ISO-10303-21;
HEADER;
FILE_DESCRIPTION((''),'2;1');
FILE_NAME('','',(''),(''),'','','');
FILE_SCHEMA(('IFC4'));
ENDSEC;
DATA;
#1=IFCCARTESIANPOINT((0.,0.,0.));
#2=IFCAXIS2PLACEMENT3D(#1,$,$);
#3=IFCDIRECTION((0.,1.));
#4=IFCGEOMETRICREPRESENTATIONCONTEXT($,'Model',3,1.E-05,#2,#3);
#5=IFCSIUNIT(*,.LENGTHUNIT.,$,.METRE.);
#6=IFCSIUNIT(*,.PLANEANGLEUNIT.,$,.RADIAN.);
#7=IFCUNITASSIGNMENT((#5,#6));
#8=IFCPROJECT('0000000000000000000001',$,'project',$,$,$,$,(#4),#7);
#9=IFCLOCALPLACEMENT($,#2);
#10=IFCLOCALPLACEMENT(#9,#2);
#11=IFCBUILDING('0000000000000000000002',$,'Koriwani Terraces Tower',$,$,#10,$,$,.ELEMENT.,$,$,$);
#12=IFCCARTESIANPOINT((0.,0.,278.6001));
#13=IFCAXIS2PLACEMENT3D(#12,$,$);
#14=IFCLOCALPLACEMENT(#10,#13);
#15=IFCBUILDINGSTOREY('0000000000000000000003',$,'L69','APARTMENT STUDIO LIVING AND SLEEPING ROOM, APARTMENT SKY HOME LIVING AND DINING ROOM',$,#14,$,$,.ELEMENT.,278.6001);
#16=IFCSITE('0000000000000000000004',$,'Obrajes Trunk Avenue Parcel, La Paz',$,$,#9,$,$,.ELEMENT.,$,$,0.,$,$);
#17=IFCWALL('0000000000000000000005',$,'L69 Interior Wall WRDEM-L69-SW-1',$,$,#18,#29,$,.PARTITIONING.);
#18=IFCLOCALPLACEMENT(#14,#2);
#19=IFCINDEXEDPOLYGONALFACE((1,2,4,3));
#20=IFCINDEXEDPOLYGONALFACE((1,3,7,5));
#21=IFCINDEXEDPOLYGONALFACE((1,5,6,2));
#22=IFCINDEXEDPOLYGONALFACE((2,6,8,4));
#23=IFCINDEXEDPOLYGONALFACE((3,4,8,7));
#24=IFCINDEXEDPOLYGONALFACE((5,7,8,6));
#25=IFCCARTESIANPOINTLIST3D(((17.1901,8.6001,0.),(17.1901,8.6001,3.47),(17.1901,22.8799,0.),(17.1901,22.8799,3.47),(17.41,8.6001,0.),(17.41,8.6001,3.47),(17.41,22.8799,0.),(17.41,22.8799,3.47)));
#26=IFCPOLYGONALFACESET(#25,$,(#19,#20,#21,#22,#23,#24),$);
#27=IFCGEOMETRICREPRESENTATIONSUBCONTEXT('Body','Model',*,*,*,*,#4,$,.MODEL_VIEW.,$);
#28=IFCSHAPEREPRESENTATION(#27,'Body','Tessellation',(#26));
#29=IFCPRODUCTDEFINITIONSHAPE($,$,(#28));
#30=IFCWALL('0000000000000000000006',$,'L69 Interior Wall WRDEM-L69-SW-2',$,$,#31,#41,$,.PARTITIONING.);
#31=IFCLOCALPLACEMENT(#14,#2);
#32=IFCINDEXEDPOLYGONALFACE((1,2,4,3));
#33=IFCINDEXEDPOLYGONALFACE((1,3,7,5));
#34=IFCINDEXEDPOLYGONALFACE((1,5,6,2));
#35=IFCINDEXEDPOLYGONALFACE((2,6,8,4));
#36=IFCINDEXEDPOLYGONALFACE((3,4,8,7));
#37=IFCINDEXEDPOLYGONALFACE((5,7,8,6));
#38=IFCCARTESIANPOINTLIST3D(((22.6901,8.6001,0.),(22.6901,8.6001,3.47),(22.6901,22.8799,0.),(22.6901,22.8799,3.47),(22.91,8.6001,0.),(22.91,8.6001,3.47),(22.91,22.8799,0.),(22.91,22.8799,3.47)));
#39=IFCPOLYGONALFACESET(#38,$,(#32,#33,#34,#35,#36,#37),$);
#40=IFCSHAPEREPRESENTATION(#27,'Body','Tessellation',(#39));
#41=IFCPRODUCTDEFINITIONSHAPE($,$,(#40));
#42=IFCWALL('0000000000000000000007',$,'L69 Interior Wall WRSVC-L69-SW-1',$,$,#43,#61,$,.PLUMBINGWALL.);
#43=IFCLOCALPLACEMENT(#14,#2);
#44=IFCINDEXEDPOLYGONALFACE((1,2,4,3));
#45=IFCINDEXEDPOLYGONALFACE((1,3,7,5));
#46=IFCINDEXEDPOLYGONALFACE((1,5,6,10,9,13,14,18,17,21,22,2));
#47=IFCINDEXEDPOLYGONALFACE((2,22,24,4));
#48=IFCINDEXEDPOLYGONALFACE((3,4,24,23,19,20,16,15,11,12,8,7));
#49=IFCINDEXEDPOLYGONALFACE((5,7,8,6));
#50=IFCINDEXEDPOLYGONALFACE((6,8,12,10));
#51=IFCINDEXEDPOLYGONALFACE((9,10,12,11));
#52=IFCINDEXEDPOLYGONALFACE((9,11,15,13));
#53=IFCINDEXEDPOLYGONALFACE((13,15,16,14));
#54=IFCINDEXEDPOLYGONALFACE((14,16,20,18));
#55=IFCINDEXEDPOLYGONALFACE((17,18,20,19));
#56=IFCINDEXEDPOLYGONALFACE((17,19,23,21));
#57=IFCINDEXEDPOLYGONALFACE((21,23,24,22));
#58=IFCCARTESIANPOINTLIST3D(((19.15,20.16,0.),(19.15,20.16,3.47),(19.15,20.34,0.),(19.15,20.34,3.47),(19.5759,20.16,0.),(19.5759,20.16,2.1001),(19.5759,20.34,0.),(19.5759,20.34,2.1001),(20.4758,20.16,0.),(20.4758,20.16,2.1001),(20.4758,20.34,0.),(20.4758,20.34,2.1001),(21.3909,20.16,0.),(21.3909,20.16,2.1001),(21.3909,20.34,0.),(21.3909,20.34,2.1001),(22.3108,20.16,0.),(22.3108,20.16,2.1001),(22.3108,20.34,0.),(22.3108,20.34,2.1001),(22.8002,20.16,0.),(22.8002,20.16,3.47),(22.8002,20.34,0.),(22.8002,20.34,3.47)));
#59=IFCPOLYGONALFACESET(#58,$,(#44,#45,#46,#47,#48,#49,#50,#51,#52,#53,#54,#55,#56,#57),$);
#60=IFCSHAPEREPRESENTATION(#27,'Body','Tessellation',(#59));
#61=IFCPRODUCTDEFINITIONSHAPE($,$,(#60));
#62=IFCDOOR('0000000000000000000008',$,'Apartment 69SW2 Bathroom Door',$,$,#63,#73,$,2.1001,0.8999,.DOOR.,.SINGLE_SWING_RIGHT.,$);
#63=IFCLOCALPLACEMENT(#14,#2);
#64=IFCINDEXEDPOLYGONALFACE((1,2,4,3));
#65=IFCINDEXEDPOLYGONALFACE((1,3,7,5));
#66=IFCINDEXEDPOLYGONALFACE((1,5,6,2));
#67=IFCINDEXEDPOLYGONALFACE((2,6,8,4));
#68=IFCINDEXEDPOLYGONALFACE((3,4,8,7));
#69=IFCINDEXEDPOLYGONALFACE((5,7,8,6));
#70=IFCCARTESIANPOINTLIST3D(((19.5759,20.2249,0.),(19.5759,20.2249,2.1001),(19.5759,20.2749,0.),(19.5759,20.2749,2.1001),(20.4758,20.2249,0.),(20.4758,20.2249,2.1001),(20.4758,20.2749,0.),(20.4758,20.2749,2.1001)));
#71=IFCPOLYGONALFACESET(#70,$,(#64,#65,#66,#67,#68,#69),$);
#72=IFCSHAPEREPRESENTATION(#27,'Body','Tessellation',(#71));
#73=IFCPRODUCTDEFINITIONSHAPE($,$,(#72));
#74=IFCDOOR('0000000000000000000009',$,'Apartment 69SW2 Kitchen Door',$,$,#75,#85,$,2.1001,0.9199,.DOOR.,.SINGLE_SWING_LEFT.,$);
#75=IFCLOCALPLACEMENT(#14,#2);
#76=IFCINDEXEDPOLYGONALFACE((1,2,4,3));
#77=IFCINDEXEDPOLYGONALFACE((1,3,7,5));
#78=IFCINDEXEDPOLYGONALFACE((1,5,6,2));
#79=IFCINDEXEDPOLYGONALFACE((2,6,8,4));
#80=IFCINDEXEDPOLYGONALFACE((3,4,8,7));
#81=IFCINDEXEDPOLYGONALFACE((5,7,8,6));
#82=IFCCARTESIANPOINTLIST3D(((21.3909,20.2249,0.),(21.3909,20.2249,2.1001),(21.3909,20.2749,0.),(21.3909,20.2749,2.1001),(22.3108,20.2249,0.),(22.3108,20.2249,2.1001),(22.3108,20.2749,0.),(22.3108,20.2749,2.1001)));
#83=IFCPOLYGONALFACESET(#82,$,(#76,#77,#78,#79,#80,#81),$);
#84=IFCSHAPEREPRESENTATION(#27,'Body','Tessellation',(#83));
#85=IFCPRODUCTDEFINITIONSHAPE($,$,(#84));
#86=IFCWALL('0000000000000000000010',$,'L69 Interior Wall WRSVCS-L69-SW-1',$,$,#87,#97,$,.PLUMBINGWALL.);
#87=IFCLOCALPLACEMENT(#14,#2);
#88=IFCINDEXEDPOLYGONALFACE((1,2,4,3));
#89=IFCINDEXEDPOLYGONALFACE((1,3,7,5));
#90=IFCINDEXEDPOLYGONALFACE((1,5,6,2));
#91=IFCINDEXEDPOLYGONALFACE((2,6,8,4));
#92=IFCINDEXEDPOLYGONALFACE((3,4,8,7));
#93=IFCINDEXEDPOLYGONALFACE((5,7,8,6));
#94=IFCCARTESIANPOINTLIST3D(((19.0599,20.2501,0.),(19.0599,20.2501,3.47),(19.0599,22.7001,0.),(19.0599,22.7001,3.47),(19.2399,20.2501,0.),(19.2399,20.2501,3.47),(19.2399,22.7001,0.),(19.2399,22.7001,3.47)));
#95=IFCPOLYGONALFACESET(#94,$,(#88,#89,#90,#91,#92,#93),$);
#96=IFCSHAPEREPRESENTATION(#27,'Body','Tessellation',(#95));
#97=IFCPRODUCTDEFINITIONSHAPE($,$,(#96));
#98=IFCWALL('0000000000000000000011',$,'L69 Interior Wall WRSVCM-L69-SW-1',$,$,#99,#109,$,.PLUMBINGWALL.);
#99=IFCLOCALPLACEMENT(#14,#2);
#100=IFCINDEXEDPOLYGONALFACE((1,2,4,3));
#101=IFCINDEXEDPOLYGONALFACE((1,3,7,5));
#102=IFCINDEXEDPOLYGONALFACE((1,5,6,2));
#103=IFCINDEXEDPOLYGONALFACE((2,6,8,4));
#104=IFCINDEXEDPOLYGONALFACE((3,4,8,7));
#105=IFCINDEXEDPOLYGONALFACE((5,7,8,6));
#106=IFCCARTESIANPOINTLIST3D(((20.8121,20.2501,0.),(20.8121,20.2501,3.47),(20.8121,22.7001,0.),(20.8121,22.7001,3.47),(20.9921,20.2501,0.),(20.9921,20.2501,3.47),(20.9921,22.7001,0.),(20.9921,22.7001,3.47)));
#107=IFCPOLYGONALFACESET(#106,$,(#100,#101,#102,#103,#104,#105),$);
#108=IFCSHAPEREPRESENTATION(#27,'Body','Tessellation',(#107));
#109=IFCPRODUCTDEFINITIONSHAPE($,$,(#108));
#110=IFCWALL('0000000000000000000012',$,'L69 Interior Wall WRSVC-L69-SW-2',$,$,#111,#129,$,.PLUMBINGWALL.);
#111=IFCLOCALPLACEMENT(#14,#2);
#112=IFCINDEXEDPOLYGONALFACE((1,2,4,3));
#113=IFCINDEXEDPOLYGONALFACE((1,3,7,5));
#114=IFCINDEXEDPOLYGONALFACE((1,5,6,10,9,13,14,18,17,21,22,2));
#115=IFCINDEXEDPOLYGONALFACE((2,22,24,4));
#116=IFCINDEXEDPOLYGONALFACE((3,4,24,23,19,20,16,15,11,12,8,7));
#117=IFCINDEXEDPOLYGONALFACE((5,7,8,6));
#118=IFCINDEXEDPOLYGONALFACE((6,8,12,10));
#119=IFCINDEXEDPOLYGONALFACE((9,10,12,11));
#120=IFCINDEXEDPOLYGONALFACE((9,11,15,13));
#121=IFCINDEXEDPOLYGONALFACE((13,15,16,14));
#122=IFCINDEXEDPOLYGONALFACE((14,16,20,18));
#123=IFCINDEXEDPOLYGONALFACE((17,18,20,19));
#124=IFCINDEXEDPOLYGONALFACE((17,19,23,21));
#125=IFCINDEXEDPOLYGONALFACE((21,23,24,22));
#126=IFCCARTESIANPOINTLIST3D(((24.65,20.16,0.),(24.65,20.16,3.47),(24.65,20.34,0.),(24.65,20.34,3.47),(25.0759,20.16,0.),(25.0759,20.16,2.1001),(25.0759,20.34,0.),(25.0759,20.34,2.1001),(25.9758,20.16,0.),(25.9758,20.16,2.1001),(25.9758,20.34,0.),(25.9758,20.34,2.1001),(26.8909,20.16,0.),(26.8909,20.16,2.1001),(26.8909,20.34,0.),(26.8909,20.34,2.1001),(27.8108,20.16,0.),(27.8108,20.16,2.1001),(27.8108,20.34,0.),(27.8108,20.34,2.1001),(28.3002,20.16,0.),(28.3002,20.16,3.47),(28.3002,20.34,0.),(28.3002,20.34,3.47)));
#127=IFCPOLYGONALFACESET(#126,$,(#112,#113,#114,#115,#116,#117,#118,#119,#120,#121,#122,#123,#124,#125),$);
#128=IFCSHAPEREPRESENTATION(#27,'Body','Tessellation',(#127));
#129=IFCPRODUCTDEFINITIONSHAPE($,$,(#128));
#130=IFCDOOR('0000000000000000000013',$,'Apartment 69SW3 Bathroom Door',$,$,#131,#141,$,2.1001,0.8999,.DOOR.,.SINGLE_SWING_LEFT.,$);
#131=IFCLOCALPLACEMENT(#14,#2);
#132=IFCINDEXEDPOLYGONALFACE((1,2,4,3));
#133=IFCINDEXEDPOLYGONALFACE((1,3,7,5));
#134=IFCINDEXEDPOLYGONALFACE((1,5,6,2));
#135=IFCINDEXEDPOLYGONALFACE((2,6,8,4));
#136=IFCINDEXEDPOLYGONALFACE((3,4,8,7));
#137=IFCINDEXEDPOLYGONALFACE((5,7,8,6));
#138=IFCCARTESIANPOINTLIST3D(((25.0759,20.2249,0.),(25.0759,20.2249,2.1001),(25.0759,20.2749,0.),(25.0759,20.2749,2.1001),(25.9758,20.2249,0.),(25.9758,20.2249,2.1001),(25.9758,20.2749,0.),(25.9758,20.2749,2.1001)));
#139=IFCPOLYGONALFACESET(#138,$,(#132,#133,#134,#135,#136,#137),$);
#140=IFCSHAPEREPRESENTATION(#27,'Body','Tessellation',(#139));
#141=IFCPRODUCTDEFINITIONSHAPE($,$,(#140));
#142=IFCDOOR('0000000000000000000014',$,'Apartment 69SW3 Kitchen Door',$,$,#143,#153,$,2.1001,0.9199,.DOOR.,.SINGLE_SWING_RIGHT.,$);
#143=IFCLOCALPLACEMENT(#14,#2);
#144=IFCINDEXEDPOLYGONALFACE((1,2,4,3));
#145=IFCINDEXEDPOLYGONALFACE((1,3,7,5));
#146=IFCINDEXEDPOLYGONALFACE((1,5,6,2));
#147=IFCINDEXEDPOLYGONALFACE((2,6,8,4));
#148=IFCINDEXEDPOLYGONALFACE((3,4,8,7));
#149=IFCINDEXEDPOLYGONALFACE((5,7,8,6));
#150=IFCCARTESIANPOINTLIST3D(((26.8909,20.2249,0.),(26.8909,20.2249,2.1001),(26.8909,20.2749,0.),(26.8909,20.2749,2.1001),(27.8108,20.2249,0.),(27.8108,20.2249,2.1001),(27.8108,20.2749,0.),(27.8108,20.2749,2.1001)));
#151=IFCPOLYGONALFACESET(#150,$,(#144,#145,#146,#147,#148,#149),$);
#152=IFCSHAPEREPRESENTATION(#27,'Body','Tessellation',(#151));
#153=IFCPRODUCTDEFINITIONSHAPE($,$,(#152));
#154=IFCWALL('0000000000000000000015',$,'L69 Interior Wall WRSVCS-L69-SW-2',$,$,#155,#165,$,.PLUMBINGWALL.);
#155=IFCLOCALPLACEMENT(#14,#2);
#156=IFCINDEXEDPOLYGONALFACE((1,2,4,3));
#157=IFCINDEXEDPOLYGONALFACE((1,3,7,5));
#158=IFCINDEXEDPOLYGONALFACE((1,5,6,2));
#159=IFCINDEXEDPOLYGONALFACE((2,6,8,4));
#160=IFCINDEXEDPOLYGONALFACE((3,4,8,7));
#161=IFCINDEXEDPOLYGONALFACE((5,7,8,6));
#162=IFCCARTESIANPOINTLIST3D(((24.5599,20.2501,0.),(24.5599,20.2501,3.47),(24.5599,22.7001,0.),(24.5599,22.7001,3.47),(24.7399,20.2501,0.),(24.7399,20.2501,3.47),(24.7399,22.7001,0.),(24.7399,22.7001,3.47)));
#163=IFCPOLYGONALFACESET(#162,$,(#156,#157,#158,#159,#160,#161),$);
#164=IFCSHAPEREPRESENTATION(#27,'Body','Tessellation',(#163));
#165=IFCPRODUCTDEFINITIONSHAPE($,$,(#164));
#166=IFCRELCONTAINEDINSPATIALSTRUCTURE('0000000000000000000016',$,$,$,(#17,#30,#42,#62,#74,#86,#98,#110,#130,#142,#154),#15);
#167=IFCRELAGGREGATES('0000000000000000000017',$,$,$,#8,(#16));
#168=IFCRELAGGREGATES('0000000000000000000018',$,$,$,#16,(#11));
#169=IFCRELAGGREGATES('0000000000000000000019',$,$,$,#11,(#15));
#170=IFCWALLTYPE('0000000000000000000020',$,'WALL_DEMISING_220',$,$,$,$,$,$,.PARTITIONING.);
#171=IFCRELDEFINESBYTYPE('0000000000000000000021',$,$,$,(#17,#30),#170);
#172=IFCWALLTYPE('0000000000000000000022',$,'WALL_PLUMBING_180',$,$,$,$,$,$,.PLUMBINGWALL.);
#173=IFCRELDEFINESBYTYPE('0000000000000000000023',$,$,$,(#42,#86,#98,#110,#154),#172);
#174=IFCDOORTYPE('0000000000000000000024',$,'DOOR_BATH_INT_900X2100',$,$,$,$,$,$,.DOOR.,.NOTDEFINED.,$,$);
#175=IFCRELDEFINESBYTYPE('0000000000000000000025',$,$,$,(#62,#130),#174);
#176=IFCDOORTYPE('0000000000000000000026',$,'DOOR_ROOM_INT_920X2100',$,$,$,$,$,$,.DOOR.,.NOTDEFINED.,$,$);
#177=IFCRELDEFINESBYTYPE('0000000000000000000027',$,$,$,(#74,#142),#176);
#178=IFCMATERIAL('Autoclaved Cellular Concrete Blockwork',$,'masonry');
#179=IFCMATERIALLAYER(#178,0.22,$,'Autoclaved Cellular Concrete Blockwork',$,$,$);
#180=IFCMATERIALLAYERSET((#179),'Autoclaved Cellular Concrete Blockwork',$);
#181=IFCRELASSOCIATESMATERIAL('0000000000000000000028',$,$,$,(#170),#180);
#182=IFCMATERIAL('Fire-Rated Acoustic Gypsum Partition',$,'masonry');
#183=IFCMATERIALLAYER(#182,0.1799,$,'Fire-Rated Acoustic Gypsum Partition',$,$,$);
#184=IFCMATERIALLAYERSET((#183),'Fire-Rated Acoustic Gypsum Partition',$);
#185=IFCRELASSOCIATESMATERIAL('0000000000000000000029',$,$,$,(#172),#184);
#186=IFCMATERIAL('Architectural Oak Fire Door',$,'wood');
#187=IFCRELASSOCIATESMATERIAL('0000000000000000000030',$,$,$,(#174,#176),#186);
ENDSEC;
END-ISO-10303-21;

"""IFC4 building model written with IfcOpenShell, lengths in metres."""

from ifc_helpers import new_model, si_unit, direction, frame, frame_2d, origin, place, context, subcontext, project, spatial, rectangle, extrude, material, layer, layer_set, type_object, element, fill, save


model = new_model("IFC4")

# Units and contexts
model_context = context("Model", 3, precision=1e-05, world=origin(), true_north=direction((0.0, 1.0)))
body_context = subcontext(model_context, "Body", "Model", "MODEL_VIEW")
ifc_project = project(units=[si_unit("LENGTHUNIT", "METRE"), si_unit("PLANEANGLEUNIT", "RADIAN")], contexts=[model_context])

# Site, building, storey
site_placement = place(None, origin())
site = spatial("IfcSite", under=ifc_project, at=site_placement, Name="Obrajes Trunk Avenue Parcel, La Paz", CompositionType="ELEMENT", RefElevation=0.0)
building_placement = place(site_placement, origin())
building = spatial("IfcBuilding", under=site, at=building_placement, Name="Koriwani Terraces Tower", CompositionType="ELEMENT")
storey_placement = place(building_placement, frame((0.0, 0.0, 278.6001)))
storey = spatial("IfcBuildingStorey", under=building, at=storey_placement, Name="L69", Description="APARTMENT STUDIO LIVING AND SLEEPING ROOM, APARTMENT SKY HOME LIVING AND DINING ROOM", CompositionType="ELEMENT", Elevation=278.6001)

# Walls
ifc_material_1 = material(Name="Autoclaved Cellular Concrete Blockwork", Category="masonry")
ifc_layer_1 = layer(ifc_material_1, 0.22, Name="Autoclaved Cellular Concrete Blockwork")
ifc_layer_set_1 = layer_set([ifc_layer_1], Name="Autoclaved Cellular Concrete Blockwork")
wall_type_1 = type_object("IfcWallType", Name="WALL_DEMISING_220", PredefinedType="PARTITIONING", material=ifc_layer_set_1)
for number, where, z_axis, x_axis, name in (
    (1, (17.3, 8.6001, 0.0), (0.0, 0.0, 1.0), (0.0, 1.0, 0.0), "L69 Interior Wall WRDEM-L69-SW-1"),
    (2, (22.8, 8.6001, 0.0), (0.0, 0.0, 1.0), (0.0, 1.0, 0.0), "L69 Interior Wall WRDEM-L69-SW-2"),
):
    element("IfcWall", number, at=place(storey_placement, frame(where, z_axis=z_axis, x_axis=x_axis)), inside=storey, type_object=wall_type_1, Name=name, PredefinedType="PARTITIONING", context=body_context, shape_type="SweptSolid", body=[
        extrude(rectangle(XDim=14.2798, YDim=0.22, at=frame_2d((7.1399, 0.0))), origin(), (0.0, 0.0, 1.0), 3.47),
    ])

# Wall, openings, doors
ifc_material_2 = material(Name="Fire-Rated Acoustic Gypsum Partition", Category="masonry")
ifc_layer_2 = layer(ifc_material_2, 0.1799, Name="Fire-Rated Acoustic Gypsum Partition")
ifc_layer_set_2 = layer_set([ifc_layer_2], Name="Fire-Rated Acoustic Gypsum Partition")
wall_type_2 = type_object("IfcWallType", Name="WALL_PLUMBING_180", PredefinedType="PLUMBINGWALL", material=ifc_layer_set_2)
wall_1_placement = place(storey_placement, frame((19.1499, 20.25, 0.0), z_axis=(0.0, 0.0, 1.0), x_axis=(1.0, 0.0, 0.0)))
wall_1 = element("IfcWall", 3, at=wall_1_placement, inside=storey, type_object=wall_type_2, Name="L69 Interior Wall WRSVC-L69-SW-1", PredefinedType="PLUMBINGWALL", context=body_context, shape_type="SweptSolid", body=[
    extrude(rectangle(XDim=3.6501, YDim=0.1799, at=frame_2d((1.8252, 0.0))), origin(), (0.0, 0.0, 1.0), 3.47),
])
opening_1_placement = place(wall_1_placement, frame((0.426, 0.0, 0.0)))
opening_1 = element("IfcOpeningElement", 4, at=opening_1_placement, cuts=wall_1, PredefinedType="OPENING", context=body_context, shape_type="SweptSolid", body=[
    extrude(rectangle(XDim=0.8999, YDim=2.1001, at=frame_2d((0.45, 1.05))), frame((0.0, 0.1001, 0.0), z_axis=(0.0, -1.0, 0.0), x_axis=(1.0, 0.0, 0.0)), (0.0, 0.0, 1.0), 0.2),
])
opening_2_placement = place(wall_1_placement, frame((2.241, 0.0, 0.0)))
opening_2 = element("IfcOpeningElement", 5, at=opening_2_placement, cuts=wall_1, PredefinedType="OPENING", context=body_context, shape_type="SweptSolid", body=[
    extrude(rectangle(XDim=0.9199, YDim=2.1001, at=frame_2d((0.46, 1.05))), frame((0.0, 0.1001, 0.0), z_axis=(0.0, -1.0, 0.0), x_axis=(1.0, 0.0, 0.0)), (0.0, 0.0, 1.0), 0.2),
])
ifc_material_3 = material(Name="Architectural Oak Fire Door", Category="wood")
door_type_1 = type_object("IfcDoorType", Name="DOOR_BATH_INT_900X2100", OperationType="NOTDEFINED", PredefinedType="DOOR", material=ifc_material_3)
door_1_placement = place(opening_1_placement, origin())
door_1 = element("IfcDoor", 6, at=door_1_placement, inside=storey, type_object=door_type_1, Name="Apartment 69SW2 Bathroom Door", OperationType="SINGLE_SWING_RIGHT", OverallHeight=2.1001, OverallWidth=0.8999, PredefinedType="DOOR", context=body_context, shape_type="SweptSolid", body=[
    extrude(rectangle(XDim=0.8999, YDim=2.1001, at=frame_2d((0.45, 1.05))), frame((0.0, 0.0249, 0.0), z_axis=(0.0, -1.0, 0.0), x_axis=(1.0, 0.0, 0.0)), (0.0, 0.0, 1.0), 0.05),
])
fill(opening_1, door_1)
door_type_2 = type_object("IfcDoorType", Name="DOOR_ROOM_INT_920X2100", OperationType="NOTDEFINED", PredefinedType="DOOR", material=ifc_material_3)
door_2_placement = place(opening_2_placement, origin())
door_2 = element("IfcDoor", 7, at=door_2_placement, inside=storey, type_object=door_type_2, Name="Apartment 69SW2 Kitchen Door", OperationType="SINGLE_SWING_LEFT", OverallHeight=2.1001, OverallWidth=0.9199, PredefinedType="DOOR", context=body_context, shape_type="SweptSolid", body=[
    extrude(rectangle(XDim=0.9199, YDim=2.1001, at=frame_2d((0.46, 1.05))), frame((0.0, 0.0249, 0.0), z_axis=(0.0, -1.0, 0.0), x_axis=(1.0, 0.0, 0.0)), (0.0, 0.0, 1.0), 0.05),
])
fill(opening_2, door_2)

# Walls
for number, where, z_axis, x_axis, name in (
    (8, (19.1499, 20.25, 0.0), (0.0, 0.0, 1.0), (0.0, 1.0, 0.0), "L69 Interior Wall WRSVCS-L69-SW-1"),
    (9, (20.9021, 20.25, 0.0), (0.0, 0.0, 1.0), (0.0, 1.0, 0.0), "L69 Interior Wall WRSVCM-L69-SW-1"),
):
    element("IfcWall", number, at=place(storey_placement, frame(where, z_axis=z_axis, x_axis=x_axis)), inside=storey, type_object=wall_type_2, Name=name, PredefinedType="PLUMBINGWALL", context=body_context, shape_type="SweptSolid", body=[
        extrude(rectangle(XDim=2.45, YDim=0.1799, at=frame_2d((1.2251, 0.0))), origin(), (0.0, 0.0, 1.0), 3.47),
    ])

# Wall, openings, doors
wall_2_placement = place(storey_placement, frame((24.6499, 20.25, 0.0), z_axis=(0.0, 0.0, 1.0), x_axis=(1.0, 0.0, 0.0)))
wall_2 = element("IfcWall", 10, at=wall_2_placement, inside=storey, type_object=wall_type_2, Name="L69 Interior Wall WRSVC-L69-SW-2", PredefinedType="PLUMBINGWALL", context=body_context, shape_type="SweptSolid", body=[
    extrude(rectangle(XDim=3.6501, YDim=0.1799, at=frame_2d((1.8252, 0.0))), origin(), (0.0, 0.0, 1.0), 3.47),
])
opening_3_placement = place(wall_2_placement, frame((0.426, 0.0, 0.0)))
opening_3 = element("IfcOpeningElement", 11, at=opening_3_placement, cuts=wall_2, PredefinedType="OPENING", context=body_context, shape_type="SweptSolid", body=[
    extrude(rectangle(XDim=0.8999, YDim=2.1001, at=frame_2d((0.45, 1.05))), frame((0.0, 0.1001, 0.0), z_axis=(0.0, -1.0, 0.0), x_axis=(1.0, 0.0, 0.0)), (0.0, 0.0, 1.0), 0.2),
])
opening_4_placement = place(wall_2_placement, frame((2.241, 0.0, 0.0)))
opening_4 = element("IfcOpeningElement", 12, at=opening_4_placement, cuts=wall_2, PredefinedType="OPENING", context=body_context, shape_type="SweptSolid", body=[
    extrude(rectangle(XDim=0.9199, YDim=2.1001, at=frame_2d((0.46, 1.05))), frame((0.0, 0.1001, 0.0), z_axis=(0.0, -1.0, 0.0), x_axis=(1.0, 0.0, 0.0)), (0.0, 0.0, 1.0), 0.2),
])
door_3_placement = place(opening_3_placement, origin())
door_3 = element("IfcDoor", 13, at=door_3_placement, inside=storey, type_object=door_type_1, Name="Apartment 69SW3 Bathroom Door", OperationType="SINGLE_SWING_LEFT", OverallHeight=2.1001, OverallWidth=0.8999, PredefinedType="DOOR", context=body_context, shape_type="SweptSolid", body=[
    extrude(rectangle(XDim=0.8999, YDim=2.1001, at=frame_2d((0.45, 1.05))), frame((0.0, 0.0249, 0.0), z_axis=(0.0, -1.0, 0.0), x_axis=(1.0, 0.0, 0.0)), (0.0, 0.0, 1.0), 0.05),
])
fill(opening_3, door_3)
door_4_placement = place(opening_4_placement, origin())
door_4 = element("IfcDoor", 14, at=door_4_placement, inside=storey, type_object=door_type_2, Name="Apartment 69SW3 Kitchen Door", OperationType="SINGLE_SWING_RIGHT", OverallHeight=2.1001, OverallWidth=0.9199, PredefinedType="DOOR", context=body_context, shape_type="SweptSolid", body=[
    extrude(rectangle(XDim=0.9199, YDim=2.1001, at=frame_2d((0.46, 1.05))), frame((0.0, 0.0249, 0.0), z_axis=(0.0, -1.0, 0.0), x_axis=(1.0, 0.0, 0.0)), (0.0, 0.0, 1.0), 0.05),
])
fill(opening_4, door_4)

# Wall
wall_3_placement = place(storey_placement, frame((24.6499, 20.25, 0.0), z_axis=(0.0, 0.0, 1.0), x_axis=(0.0, 1.0, 0.0)))
element("IfcWall", 15, at=wall_3_placement, inside=storey, type_object=wall_type_2, Name="L69 Interior Wall WRSVCS-L69-SW-2", PredefinedType="PLUMBINGWALL", context=body_context, shape_type="SweptSolid", body=[
    extrude(rectangle(XDim=2.45, YDim=0.1799, at=frame_2d((1.2251, 0.0))), origin(), (0.0, 0.0, 1.0), 3.47),
])

save(model, "model.ifc")
